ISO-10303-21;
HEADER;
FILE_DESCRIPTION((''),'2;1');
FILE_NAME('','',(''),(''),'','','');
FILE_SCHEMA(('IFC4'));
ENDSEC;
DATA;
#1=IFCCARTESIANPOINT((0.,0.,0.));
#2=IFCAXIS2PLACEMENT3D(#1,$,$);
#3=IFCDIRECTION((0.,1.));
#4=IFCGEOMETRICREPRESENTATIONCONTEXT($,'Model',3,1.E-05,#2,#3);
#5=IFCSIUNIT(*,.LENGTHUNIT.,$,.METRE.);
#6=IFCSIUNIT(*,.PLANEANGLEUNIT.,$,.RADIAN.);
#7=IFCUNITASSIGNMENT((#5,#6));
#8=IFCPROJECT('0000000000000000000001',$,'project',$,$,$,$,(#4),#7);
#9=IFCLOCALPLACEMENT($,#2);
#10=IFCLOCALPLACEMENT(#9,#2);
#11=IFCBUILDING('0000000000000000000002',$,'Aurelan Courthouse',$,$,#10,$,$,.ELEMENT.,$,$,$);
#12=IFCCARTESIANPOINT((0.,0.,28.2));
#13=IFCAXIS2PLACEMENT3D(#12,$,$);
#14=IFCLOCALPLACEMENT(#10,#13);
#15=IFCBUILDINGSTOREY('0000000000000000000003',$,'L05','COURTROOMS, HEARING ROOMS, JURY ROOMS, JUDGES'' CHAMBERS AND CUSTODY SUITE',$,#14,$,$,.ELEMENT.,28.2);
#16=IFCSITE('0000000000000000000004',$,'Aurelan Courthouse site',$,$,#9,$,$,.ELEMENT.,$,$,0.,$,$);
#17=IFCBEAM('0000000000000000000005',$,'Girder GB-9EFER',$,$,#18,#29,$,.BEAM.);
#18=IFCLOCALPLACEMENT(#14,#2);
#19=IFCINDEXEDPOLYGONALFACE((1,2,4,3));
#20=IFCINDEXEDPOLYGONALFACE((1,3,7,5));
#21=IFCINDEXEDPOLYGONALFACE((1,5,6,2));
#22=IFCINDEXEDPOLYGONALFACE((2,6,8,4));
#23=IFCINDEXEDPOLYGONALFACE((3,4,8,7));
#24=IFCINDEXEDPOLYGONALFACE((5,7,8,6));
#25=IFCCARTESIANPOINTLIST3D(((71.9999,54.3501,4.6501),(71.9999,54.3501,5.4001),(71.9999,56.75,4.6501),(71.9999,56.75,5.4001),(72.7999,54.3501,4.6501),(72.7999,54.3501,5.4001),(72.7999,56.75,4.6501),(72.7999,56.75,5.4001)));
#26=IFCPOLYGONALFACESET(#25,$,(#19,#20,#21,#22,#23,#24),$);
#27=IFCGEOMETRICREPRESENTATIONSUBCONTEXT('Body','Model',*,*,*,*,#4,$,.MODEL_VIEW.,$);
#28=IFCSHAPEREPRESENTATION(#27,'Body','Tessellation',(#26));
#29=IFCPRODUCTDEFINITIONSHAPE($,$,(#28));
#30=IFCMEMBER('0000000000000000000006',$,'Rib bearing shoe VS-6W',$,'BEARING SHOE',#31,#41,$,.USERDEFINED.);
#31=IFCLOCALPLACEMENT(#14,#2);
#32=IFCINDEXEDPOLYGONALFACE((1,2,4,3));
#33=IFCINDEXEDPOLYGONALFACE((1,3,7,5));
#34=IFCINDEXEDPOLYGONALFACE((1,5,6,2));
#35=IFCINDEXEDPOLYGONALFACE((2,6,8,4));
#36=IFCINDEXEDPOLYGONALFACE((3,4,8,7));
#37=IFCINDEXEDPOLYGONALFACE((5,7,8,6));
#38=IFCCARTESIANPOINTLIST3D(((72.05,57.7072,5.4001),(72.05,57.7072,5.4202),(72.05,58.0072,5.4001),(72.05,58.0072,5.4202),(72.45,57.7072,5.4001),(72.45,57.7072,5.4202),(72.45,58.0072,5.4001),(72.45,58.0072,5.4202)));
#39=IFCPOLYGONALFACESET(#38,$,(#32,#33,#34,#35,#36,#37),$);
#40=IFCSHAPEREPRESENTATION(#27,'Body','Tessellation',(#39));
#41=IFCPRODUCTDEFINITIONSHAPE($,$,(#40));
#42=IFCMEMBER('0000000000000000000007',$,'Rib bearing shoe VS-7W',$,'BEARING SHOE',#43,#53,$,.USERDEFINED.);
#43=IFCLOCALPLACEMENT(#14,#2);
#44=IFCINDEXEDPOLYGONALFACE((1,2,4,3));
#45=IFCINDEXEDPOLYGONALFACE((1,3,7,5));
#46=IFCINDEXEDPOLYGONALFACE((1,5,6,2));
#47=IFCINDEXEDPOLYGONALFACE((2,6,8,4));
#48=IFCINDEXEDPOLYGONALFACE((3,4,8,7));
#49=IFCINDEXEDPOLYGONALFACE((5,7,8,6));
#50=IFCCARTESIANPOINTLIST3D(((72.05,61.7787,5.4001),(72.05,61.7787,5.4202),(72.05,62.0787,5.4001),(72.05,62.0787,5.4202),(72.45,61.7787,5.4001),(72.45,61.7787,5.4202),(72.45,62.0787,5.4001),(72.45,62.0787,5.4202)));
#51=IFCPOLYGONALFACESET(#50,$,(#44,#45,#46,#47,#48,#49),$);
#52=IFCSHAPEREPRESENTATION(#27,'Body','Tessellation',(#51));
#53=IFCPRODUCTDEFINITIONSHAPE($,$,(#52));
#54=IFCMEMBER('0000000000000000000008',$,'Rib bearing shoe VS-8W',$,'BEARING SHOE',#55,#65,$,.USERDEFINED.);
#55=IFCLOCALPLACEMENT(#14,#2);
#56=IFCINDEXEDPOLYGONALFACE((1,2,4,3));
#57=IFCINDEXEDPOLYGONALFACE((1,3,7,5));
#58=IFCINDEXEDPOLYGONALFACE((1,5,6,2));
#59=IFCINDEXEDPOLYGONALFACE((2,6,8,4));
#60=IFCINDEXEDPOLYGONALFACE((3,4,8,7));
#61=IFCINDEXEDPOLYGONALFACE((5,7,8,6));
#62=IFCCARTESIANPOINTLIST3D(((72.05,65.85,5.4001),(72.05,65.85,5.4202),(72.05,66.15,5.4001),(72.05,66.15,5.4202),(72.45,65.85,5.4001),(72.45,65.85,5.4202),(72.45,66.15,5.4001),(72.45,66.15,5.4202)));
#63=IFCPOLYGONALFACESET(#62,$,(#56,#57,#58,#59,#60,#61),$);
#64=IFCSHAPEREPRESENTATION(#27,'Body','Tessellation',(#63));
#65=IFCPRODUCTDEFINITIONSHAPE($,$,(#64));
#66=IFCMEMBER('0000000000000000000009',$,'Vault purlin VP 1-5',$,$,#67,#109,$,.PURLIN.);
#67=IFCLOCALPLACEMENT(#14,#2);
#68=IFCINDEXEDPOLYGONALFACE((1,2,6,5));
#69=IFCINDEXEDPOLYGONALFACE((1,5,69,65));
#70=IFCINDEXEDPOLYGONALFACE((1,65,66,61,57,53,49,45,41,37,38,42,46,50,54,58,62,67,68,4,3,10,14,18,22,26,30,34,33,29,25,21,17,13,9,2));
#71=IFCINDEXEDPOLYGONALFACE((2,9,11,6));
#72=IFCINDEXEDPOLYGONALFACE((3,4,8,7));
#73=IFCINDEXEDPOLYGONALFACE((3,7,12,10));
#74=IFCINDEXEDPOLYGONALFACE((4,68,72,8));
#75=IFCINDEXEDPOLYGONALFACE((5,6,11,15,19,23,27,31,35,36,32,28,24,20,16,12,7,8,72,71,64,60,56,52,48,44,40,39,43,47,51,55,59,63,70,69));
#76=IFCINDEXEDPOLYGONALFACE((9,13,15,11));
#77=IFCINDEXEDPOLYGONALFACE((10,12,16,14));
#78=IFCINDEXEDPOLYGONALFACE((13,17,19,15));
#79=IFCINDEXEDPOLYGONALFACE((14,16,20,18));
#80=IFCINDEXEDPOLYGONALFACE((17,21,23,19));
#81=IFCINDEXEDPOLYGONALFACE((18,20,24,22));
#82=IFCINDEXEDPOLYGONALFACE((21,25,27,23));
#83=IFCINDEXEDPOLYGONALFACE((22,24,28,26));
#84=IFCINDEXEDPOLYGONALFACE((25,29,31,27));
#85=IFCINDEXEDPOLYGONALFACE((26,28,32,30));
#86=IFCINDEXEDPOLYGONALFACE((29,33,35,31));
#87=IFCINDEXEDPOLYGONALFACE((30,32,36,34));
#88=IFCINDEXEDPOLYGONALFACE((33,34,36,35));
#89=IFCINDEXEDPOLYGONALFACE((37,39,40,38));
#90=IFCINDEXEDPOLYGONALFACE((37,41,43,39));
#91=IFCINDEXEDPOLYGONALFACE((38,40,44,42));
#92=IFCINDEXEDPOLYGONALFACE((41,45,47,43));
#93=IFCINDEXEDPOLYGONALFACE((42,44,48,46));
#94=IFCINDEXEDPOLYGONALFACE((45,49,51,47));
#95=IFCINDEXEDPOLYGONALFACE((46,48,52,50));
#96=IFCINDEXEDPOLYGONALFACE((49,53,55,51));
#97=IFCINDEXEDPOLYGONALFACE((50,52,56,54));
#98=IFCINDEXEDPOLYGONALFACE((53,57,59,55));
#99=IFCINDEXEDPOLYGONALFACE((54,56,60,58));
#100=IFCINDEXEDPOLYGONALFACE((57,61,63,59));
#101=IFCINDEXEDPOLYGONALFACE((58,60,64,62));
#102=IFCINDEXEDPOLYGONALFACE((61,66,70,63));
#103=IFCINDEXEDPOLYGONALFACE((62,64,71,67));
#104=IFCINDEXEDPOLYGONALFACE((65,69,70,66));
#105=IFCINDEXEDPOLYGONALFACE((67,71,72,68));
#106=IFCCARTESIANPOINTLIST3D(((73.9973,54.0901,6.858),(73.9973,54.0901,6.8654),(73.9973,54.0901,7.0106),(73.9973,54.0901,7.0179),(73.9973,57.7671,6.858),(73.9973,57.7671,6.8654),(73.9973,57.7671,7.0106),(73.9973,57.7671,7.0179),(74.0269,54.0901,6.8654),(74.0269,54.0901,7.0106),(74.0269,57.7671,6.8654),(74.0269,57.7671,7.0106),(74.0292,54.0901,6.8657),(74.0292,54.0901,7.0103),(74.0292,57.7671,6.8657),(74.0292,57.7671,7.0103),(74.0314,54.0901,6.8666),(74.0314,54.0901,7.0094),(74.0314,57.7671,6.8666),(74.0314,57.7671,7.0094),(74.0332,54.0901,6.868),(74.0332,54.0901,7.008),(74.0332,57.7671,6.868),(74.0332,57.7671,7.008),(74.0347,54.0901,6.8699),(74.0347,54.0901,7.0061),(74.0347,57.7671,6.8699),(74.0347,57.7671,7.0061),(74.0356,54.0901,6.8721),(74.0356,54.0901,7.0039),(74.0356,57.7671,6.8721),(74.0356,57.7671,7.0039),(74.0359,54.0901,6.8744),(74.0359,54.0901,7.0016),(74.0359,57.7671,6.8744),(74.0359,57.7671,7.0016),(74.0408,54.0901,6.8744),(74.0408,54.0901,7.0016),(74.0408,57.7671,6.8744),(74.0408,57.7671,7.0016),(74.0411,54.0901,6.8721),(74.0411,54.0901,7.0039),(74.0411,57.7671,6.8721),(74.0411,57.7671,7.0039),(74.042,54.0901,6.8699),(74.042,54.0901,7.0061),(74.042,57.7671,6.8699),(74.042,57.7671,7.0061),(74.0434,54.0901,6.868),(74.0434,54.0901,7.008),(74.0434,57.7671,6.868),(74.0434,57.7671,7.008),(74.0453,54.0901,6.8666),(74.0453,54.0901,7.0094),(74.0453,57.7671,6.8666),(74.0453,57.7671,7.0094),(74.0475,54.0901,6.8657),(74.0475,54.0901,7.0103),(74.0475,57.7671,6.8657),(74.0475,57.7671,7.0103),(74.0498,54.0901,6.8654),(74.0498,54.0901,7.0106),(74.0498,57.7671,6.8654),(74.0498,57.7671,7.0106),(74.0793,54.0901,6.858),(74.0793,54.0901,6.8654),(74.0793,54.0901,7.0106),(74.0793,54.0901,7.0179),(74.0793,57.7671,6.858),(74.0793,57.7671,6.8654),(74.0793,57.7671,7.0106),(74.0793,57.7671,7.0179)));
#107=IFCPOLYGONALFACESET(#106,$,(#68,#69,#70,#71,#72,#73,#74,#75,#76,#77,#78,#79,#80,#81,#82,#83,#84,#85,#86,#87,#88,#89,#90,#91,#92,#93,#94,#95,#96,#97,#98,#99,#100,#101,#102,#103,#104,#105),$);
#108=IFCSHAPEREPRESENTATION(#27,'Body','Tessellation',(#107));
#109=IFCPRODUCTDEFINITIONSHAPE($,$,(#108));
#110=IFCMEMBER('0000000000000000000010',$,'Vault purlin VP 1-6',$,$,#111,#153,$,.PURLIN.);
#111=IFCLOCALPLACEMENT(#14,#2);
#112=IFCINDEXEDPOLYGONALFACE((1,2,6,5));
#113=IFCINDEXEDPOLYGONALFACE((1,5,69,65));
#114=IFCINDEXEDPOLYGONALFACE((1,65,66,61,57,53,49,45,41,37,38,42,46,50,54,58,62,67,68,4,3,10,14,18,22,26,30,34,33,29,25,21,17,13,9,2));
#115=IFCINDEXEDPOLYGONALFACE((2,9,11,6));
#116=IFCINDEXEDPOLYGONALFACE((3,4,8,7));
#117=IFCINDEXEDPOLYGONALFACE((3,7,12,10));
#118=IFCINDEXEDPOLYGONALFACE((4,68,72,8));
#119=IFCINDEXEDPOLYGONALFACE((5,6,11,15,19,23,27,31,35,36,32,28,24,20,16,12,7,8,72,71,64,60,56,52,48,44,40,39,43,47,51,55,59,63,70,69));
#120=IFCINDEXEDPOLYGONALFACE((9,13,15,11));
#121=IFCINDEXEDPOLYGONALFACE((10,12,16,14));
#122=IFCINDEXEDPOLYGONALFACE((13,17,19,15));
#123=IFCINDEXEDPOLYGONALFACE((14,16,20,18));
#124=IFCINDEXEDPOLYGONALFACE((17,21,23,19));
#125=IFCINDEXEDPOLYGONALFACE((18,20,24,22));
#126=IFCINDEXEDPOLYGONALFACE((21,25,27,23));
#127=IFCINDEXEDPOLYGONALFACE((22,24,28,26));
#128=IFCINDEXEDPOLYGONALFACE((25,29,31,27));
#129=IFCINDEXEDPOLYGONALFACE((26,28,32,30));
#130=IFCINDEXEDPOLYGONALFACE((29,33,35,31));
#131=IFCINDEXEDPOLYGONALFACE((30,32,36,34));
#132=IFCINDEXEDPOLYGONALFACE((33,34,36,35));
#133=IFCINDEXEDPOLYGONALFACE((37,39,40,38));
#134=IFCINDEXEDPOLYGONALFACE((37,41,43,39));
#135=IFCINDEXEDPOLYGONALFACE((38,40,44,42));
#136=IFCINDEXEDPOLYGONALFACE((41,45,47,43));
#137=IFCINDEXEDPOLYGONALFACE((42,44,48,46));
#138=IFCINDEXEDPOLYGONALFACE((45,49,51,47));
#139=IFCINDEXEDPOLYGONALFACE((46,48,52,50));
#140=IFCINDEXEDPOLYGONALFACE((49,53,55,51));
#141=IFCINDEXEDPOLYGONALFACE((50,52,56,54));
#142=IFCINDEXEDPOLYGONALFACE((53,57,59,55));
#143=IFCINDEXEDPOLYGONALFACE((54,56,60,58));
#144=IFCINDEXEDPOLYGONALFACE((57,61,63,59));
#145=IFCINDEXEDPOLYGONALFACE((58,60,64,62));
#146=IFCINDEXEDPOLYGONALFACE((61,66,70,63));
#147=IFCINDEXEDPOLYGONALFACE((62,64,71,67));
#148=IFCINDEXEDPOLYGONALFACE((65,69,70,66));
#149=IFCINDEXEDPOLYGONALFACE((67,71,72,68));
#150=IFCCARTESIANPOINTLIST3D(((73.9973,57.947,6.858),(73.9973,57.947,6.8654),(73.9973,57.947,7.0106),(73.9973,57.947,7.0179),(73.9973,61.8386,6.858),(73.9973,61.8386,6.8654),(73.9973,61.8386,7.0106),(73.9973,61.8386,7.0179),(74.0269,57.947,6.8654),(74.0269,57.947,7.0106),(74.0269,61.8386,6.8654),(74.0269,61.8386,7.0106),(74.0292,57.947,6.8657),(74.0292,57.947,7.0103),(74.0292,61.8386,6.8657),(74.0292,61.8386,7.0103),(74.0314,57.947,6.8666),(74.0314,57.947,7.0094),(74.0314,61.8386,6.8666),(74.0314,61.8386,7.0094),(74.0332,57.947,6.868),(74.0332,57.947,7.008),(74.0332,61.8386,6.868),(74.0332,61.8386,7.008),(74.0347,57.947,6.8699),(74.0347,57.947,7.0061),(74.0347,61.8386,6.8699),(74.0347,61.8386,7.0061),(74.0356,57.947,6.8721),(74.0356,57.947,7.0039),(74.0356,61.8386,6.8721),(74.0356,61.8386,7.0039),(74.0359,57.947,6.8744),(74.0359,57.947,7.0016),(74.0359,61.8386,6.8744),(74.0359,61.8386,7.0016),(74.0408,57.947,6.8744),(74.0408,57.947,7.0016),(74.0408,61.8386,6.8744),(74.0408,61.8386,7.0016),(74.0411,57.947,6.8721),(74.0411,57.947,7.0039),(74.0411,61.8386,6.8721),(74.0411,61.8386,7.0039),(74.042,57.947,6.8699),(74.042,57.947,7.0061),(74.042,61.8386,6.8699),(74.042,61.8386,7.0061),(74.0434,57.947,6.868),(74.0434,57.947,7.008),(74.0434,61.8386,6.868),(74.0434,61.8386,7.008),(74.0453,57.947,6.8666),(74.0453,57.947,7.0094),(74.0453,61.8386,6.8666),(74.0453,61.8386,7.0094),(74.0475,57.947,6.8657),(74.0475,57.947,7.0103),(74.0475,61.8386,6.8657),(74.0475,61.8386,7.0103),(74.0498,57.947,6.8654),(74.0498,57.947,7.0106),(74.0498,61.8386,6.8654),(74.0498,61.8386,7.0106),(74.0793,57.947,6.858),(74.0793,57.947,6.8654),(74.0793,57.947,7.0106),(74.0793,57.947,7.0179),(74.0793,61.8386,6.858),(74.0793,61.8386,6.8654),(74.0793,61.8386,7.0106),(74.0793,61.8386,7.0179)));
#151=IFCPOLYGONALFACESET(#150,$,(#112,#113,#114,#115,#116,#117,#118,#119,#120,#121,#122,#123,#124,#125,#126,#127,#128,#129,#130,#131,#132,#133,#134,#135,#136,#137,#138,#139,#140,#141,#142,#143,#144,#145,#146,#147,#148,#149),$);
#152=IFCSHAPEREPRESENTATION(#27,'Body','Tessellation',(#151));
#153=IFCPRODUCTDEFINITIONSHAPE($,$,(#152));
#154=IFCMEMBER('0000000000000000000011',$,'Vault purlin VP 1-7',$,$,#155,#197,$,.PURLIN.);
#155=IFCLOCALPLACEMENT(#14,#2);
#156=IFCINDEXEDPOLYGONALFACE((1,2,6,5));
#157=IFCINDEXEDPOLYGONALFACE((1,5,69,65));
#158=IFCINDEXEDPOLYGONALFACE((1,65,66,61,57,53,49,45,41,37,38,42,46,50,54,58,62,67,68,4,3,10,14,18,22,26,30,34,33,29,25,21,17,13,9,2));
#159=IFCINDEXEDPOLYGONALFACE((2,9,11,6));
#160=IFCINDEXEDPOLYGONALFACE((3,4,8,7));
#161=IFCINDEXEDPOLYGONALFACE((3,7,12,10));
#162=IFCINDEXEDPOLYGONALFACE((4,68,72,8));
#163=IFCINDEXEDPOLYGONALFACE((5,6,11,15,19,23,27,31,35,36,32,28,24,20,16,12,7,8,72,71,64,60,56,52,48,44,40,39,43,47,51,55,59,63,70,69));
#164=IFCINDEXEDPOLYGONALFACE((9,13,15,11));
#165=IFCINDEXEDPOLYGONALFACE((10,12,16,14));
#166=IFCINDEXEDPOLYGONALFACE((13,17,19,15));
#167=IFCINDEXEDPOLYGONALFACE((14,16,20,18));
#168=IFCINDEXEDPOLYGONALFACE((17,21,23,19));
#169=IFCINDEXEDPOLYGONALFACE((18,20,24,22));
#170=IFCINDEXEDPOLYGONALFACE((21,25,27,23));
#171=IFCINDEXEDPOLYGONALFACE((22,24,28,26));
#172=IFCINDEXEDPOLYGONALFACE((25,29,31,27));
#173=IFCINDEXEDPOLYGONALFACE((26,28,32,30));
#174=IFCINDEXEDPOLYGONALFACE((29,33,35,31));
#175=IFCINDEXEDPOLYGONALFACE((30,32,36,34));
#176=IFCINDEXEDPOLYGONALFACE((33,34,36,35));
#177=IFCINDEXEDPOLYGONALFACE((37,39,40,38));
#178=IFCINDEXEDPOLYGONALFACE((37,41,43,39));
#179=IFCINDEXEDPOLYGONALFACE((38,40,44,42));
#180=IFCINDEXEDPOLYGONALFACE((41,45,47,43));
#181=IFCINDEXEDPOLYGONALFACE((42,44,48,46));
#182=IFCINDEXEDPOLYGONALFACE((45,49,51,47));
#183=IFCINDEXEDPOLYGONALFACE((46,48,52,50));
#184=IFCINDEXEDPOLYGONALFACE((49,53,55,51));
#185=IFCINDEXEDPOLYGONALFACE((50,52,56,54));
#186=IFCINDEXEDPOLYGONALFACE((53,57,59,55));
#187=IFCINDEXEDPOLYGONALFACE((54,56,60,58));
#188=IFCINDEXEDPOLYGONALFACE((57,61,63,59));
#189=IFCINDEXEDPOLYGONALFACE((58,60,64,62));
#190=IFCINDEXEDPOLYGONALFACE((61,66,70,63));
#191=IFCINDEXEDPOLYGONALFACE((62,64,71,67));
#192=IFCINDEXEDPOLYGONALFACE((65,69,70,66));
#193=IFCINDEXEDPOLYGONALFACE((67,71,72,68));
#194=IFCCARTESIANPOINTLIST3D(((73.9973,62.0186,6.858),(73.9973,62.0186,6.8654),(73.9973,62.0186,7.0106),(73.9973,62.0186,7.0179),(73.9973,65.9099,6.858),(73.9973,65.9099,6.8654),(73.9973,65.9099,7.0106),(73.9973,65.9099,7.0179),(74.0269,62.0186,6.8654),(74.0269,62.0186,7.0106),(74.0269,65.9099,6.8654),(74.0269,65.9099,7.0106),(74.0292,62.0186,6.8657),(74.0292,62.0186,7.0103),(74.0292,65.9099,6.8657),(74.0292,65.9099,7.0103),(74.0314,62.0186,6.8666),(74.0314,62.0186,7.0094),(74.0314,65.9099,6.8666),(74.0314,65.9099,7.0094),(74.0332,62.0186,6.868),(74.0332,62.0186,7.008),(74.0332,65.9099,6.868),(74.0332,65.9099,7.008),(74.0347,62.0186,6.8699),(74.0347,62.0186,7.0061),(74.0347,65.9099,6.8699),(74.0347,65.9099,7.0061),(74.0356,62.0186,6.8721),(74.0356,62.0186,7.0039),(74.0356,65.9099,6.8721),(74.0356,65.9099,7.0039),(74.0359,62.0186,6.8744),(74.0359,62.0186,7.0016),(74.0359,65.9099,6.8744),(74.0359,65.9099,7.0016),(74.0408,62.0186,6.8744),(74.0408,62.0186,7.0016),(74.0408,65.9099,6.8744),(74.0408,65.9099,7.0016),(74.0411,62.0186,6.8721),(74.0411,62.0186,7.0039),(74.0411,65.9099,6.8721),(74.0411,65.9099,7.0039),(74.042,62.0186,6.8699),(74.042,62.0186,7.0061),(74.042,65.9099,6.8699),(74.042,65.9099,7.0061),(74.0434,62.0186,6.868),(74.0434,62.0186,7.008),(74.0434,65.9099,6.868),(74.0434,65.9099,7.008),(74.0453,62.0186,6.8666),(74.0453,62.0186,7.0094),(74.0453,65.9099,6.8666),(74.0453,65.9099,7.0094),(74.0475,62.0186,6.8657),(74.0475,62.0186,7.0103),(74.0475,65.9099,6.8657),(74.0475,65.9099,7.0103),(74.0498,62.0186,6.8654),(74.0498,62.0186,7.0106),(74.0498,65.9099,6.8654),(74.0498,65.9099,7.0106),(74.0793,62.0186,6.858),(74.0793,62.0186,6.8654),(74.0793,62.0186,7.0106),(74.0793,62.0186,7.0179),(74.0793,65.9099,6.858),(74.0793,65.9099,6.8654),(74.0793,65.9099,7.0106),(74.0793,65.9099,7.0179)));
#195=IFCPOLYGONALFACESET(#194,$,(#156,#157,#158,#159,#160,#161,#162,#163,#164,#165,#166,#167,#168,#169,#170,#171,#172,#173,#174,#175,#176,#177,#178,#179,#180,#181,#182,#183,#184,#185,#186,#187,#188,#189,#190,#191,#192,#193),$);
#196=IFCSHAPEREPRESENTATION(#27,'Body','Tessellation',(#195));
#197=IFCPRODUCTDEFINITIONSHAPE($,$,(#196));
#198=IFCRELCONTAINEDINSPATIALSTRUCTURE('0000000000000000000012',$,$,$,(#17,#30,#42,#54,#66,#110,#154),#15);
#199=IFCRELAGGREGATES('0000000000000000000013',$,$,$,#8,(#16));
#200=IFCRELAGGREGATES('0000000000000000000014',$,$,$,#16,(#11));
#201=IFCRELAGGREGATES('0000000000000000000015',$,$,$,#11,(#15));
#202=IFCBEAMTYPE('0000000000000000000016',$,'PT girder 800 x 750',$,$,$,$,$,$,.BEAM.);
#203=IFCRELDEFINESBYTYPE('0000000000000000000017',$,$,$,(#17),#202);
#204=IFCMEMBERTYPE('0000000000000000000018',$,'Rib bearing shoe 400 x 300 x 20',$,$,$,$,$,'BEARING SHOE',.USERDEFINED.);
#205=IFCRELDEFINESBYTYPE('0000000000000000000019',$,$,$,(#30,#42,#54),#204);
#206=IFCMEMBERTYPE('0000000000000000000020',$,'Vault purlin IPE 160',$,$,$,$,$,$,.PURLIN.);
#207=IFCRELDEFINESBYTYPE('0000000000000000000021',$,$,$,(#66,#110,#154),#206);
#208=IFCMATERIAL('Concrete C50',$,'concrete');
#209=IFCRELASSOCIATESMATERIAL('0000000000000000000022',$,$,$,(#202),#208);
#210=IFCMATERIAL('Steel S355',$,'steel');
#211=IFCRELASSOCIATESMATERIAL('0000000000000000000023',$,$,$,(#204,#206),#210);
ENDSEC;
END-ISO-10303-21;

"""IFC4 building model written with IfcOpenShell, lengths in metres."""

from ifc_helpers import new_model, si_unit, direction, frame, origin, origin_2d, place, context, subcontext, project, spatial, rectangle, i_section, extrude, material, material_profile, profile_set, type_object, element, save


model = new_model("IFC4")

# Units and contexts
model_context = context("Model", 3, precision=1e-05, world=origin(), true_north=direction((0.0, 1.0)))
body_context = subcontext(model_context, "Body", "Model", "MODEL_VIEW")
ifc_project = project(units=[si_unit("LENGTHUNIT", "METRE"), si_unit("PLANEANGLEUNIT", "RADIAN")], contexts=[model_context])

# Site, building, storey
site_placement = place(None, origin())
site = spatial("IfcSite", under=ifc_project, at=site_placement, Name="Aurelan Courthouse site", CompositionType="ELEMENT", RefElevation=0.0)
building_placement = place(site_placement, origin())
building = spatial("IfcBuilding", under=site, at=building_placement, Name="Aurelan Courthouse", CompositionType="ELEMENT")
storey_placement = place(building_placement, frame((0.0, 0.0, 28.2)))
storey = spatial("IfcBuildingStorey", under=building, at=storey_placement, Name="L05", Description="COURTROOMS, HEARING ROOMS, JURY ROOMS, JUDGES' CHAMBERS AND CUSTODY SUITE", CompositionType="ELEMENT", Elevation=28.2)

# Beam
ifc_material_1 = material(Name="Concrete C50", Category="concrete")
ifc_material_profile_1 = material_profile(ifc_material_1, rectangle(XDim=0.8, YDim=0.75, at=origin_2d()), Name="RC 800 x 750")
ifc_profile_set_1 = profile_set([ifc_material_profile_1], Name="Concrete C50")
beam_type = type_object("IfcBeamType", Name="PT girder 800 x 750", PredefinedType="BEAM", material=ifc_profile_set_1)
beam_placement = place(storey_placement, frame((72.3999, 54.3501, 5.0251), z_axis=(0.0, 1.0, 0.0), x_axis=(-1.0, 0.0, 0.0)))
element("IfcBeam", 1, at=beam_placement, inside=storey, type_object=beam_type, Name="Girder GB-9EFER", PredefinedType="BEAM", context=body_context, shape_type="SweptSolid", body=[
    extrude(rectangle(XDim=0.8, YDim=0.75, at=origin_2d()), origin(), (0.0, 0.0, 1.0), 2.3999),
])

# Members
ifc_material_2 = material(Name="Steel S355", Category="steel")
ifc_material_profile_2 = material_profile(ifc_material_2, rectangle(XDim=0.3999, YDim=0.3, at=origin_2d()), Name="PL 400 x 300")
ifc_profile_set_2 = profile_set([ifc_material_profile_2], Name="Steel S355")
member_type_1 = type_object("IfcMemberType", Name="Rib bearing shoe 400 x 300 x 20", ElementType="BEARING SHOE", PredefinedType="USERDEFINED", material=ifc_profile_set_2)
for number, where, z_axis, x_axis, name in (
    (2, (72.25, 57.8572, 5.4001), (0.0, 0.0, 1.0), (1.0, 0.0, 0.0), "Rib bearing shoe VS-6W"),
    (3, (72.25, 61.9287, 5.4001), (0.0, 0.0, 1.0), (1.0, 0.0, 0.0), "Rib bearing shoe VS-7W"),
    (4, (72.25, 66.0, 5.4001), (0.0, 0.0, 1.0), (1.0, 0.0, 0.0), "Rib bearing shoe VS-8W"),
):
    element("IfcMember", number, at=place(storey_placement, frame(where, z_axis=z_axis, x_axis=x_axis)), inside=storey, type_object=member_type_1, Name=name, ObjectType="BEARING SHOE", PredefinedType="USERDEFINED", context=body_context, shape_type="SweptSolid", body=[
        extrude(rectangle(XDim=0.3999, YDim=0.3, at=origin_2d()), origin(), (0.0, 0.0, 1.0), 0.02),
    ])
ifc_material_profile_3 = material_profile(ifc_material_2, i_section(OverallWidth=0.082, OverallDepth=0.1599, WebThickness=0.0049, FlangeThickness=0.0073, FilletRadius=0.009, at=origin_2d()), Name="IPE 160")
ifc_profile_set_3 = profile_set([ifc_material_profile_3], Name="Steel S355")
member_type_2 = type_object("IfcMemberType", Name="Vault purlin IPE 160", PredefinedType="PURLIN", material=ifc_profile_set_3)
member_1_placement = place(storey_placement, frame((74.0383, 54.0901, 6.938), z_axis=(0.0, 1.0, 0.0), x_axis=(-1.0, 0.0, 0.0)))
element("IfcMember", 5, at=member_1_placement, inside=storey, type_object=member_type_2, Name="Vault purlin VP 1-5", PredefinedType="PURLIN", context=body_context, shape_type="SweptSolid", body=[
    extrude(i_section(OverallWidth=0.082, OverallDepth=0.1599, WebThickness=0.0049, FlangeThickness=0.0073, FilletRadius=0.009, at=origin_2d()), origin(), (0.0, 0.0, 1.0), 3.677),
])
member_2_placement = place(storey_placement, frame((74.0383, 57.947, 6.938), z_axis=(0.0, 1.0, 0.0), x_axis=(-1.0, 0.0, 0.0)))
element("IfcMember", 6, at=member_2_placement, inside=storey, type_object=member_type_2, Name="Vault purlin VP 1-6", PredefinedType="PURLIN", context=body_context, shape_type="SweptSolid", body=[
    extrude(i_section(OverallWidth=0.082, OverallDepth=0.1599, WebThickness=0.0049, FlangeThickness=0.0073, FilletRadius=0.009, at=origin_2d()), origin(), (0.0, 0.0, 1.0), 3.8916),
])
member_3_placement = place(storey_placement, frame((74.0383, 62.0186, 6.938), z_axis=(0.0, 1.0, 0.0), x_axis=(-1.0, 0.0, 0.0)))
element("IfcMember", 7, at=member_3_placement, inside=storey, type_object=member_type_2, Name="Vault purlin VP 1-7", PredefinedType="PURLIN", context=body_context, shape_type="SweptSolid", body=[
    extrude(i_section(OverallWidth=0.082, OverallDepth=0.1599, WebThickness=0.0049, FlangeThickness=0.0073, FilletRadius=0.009, at=origin_2d()), origin(), (0.0, 0.0, 1.0), 3.8914),
])

save(model, "model.ifc")
